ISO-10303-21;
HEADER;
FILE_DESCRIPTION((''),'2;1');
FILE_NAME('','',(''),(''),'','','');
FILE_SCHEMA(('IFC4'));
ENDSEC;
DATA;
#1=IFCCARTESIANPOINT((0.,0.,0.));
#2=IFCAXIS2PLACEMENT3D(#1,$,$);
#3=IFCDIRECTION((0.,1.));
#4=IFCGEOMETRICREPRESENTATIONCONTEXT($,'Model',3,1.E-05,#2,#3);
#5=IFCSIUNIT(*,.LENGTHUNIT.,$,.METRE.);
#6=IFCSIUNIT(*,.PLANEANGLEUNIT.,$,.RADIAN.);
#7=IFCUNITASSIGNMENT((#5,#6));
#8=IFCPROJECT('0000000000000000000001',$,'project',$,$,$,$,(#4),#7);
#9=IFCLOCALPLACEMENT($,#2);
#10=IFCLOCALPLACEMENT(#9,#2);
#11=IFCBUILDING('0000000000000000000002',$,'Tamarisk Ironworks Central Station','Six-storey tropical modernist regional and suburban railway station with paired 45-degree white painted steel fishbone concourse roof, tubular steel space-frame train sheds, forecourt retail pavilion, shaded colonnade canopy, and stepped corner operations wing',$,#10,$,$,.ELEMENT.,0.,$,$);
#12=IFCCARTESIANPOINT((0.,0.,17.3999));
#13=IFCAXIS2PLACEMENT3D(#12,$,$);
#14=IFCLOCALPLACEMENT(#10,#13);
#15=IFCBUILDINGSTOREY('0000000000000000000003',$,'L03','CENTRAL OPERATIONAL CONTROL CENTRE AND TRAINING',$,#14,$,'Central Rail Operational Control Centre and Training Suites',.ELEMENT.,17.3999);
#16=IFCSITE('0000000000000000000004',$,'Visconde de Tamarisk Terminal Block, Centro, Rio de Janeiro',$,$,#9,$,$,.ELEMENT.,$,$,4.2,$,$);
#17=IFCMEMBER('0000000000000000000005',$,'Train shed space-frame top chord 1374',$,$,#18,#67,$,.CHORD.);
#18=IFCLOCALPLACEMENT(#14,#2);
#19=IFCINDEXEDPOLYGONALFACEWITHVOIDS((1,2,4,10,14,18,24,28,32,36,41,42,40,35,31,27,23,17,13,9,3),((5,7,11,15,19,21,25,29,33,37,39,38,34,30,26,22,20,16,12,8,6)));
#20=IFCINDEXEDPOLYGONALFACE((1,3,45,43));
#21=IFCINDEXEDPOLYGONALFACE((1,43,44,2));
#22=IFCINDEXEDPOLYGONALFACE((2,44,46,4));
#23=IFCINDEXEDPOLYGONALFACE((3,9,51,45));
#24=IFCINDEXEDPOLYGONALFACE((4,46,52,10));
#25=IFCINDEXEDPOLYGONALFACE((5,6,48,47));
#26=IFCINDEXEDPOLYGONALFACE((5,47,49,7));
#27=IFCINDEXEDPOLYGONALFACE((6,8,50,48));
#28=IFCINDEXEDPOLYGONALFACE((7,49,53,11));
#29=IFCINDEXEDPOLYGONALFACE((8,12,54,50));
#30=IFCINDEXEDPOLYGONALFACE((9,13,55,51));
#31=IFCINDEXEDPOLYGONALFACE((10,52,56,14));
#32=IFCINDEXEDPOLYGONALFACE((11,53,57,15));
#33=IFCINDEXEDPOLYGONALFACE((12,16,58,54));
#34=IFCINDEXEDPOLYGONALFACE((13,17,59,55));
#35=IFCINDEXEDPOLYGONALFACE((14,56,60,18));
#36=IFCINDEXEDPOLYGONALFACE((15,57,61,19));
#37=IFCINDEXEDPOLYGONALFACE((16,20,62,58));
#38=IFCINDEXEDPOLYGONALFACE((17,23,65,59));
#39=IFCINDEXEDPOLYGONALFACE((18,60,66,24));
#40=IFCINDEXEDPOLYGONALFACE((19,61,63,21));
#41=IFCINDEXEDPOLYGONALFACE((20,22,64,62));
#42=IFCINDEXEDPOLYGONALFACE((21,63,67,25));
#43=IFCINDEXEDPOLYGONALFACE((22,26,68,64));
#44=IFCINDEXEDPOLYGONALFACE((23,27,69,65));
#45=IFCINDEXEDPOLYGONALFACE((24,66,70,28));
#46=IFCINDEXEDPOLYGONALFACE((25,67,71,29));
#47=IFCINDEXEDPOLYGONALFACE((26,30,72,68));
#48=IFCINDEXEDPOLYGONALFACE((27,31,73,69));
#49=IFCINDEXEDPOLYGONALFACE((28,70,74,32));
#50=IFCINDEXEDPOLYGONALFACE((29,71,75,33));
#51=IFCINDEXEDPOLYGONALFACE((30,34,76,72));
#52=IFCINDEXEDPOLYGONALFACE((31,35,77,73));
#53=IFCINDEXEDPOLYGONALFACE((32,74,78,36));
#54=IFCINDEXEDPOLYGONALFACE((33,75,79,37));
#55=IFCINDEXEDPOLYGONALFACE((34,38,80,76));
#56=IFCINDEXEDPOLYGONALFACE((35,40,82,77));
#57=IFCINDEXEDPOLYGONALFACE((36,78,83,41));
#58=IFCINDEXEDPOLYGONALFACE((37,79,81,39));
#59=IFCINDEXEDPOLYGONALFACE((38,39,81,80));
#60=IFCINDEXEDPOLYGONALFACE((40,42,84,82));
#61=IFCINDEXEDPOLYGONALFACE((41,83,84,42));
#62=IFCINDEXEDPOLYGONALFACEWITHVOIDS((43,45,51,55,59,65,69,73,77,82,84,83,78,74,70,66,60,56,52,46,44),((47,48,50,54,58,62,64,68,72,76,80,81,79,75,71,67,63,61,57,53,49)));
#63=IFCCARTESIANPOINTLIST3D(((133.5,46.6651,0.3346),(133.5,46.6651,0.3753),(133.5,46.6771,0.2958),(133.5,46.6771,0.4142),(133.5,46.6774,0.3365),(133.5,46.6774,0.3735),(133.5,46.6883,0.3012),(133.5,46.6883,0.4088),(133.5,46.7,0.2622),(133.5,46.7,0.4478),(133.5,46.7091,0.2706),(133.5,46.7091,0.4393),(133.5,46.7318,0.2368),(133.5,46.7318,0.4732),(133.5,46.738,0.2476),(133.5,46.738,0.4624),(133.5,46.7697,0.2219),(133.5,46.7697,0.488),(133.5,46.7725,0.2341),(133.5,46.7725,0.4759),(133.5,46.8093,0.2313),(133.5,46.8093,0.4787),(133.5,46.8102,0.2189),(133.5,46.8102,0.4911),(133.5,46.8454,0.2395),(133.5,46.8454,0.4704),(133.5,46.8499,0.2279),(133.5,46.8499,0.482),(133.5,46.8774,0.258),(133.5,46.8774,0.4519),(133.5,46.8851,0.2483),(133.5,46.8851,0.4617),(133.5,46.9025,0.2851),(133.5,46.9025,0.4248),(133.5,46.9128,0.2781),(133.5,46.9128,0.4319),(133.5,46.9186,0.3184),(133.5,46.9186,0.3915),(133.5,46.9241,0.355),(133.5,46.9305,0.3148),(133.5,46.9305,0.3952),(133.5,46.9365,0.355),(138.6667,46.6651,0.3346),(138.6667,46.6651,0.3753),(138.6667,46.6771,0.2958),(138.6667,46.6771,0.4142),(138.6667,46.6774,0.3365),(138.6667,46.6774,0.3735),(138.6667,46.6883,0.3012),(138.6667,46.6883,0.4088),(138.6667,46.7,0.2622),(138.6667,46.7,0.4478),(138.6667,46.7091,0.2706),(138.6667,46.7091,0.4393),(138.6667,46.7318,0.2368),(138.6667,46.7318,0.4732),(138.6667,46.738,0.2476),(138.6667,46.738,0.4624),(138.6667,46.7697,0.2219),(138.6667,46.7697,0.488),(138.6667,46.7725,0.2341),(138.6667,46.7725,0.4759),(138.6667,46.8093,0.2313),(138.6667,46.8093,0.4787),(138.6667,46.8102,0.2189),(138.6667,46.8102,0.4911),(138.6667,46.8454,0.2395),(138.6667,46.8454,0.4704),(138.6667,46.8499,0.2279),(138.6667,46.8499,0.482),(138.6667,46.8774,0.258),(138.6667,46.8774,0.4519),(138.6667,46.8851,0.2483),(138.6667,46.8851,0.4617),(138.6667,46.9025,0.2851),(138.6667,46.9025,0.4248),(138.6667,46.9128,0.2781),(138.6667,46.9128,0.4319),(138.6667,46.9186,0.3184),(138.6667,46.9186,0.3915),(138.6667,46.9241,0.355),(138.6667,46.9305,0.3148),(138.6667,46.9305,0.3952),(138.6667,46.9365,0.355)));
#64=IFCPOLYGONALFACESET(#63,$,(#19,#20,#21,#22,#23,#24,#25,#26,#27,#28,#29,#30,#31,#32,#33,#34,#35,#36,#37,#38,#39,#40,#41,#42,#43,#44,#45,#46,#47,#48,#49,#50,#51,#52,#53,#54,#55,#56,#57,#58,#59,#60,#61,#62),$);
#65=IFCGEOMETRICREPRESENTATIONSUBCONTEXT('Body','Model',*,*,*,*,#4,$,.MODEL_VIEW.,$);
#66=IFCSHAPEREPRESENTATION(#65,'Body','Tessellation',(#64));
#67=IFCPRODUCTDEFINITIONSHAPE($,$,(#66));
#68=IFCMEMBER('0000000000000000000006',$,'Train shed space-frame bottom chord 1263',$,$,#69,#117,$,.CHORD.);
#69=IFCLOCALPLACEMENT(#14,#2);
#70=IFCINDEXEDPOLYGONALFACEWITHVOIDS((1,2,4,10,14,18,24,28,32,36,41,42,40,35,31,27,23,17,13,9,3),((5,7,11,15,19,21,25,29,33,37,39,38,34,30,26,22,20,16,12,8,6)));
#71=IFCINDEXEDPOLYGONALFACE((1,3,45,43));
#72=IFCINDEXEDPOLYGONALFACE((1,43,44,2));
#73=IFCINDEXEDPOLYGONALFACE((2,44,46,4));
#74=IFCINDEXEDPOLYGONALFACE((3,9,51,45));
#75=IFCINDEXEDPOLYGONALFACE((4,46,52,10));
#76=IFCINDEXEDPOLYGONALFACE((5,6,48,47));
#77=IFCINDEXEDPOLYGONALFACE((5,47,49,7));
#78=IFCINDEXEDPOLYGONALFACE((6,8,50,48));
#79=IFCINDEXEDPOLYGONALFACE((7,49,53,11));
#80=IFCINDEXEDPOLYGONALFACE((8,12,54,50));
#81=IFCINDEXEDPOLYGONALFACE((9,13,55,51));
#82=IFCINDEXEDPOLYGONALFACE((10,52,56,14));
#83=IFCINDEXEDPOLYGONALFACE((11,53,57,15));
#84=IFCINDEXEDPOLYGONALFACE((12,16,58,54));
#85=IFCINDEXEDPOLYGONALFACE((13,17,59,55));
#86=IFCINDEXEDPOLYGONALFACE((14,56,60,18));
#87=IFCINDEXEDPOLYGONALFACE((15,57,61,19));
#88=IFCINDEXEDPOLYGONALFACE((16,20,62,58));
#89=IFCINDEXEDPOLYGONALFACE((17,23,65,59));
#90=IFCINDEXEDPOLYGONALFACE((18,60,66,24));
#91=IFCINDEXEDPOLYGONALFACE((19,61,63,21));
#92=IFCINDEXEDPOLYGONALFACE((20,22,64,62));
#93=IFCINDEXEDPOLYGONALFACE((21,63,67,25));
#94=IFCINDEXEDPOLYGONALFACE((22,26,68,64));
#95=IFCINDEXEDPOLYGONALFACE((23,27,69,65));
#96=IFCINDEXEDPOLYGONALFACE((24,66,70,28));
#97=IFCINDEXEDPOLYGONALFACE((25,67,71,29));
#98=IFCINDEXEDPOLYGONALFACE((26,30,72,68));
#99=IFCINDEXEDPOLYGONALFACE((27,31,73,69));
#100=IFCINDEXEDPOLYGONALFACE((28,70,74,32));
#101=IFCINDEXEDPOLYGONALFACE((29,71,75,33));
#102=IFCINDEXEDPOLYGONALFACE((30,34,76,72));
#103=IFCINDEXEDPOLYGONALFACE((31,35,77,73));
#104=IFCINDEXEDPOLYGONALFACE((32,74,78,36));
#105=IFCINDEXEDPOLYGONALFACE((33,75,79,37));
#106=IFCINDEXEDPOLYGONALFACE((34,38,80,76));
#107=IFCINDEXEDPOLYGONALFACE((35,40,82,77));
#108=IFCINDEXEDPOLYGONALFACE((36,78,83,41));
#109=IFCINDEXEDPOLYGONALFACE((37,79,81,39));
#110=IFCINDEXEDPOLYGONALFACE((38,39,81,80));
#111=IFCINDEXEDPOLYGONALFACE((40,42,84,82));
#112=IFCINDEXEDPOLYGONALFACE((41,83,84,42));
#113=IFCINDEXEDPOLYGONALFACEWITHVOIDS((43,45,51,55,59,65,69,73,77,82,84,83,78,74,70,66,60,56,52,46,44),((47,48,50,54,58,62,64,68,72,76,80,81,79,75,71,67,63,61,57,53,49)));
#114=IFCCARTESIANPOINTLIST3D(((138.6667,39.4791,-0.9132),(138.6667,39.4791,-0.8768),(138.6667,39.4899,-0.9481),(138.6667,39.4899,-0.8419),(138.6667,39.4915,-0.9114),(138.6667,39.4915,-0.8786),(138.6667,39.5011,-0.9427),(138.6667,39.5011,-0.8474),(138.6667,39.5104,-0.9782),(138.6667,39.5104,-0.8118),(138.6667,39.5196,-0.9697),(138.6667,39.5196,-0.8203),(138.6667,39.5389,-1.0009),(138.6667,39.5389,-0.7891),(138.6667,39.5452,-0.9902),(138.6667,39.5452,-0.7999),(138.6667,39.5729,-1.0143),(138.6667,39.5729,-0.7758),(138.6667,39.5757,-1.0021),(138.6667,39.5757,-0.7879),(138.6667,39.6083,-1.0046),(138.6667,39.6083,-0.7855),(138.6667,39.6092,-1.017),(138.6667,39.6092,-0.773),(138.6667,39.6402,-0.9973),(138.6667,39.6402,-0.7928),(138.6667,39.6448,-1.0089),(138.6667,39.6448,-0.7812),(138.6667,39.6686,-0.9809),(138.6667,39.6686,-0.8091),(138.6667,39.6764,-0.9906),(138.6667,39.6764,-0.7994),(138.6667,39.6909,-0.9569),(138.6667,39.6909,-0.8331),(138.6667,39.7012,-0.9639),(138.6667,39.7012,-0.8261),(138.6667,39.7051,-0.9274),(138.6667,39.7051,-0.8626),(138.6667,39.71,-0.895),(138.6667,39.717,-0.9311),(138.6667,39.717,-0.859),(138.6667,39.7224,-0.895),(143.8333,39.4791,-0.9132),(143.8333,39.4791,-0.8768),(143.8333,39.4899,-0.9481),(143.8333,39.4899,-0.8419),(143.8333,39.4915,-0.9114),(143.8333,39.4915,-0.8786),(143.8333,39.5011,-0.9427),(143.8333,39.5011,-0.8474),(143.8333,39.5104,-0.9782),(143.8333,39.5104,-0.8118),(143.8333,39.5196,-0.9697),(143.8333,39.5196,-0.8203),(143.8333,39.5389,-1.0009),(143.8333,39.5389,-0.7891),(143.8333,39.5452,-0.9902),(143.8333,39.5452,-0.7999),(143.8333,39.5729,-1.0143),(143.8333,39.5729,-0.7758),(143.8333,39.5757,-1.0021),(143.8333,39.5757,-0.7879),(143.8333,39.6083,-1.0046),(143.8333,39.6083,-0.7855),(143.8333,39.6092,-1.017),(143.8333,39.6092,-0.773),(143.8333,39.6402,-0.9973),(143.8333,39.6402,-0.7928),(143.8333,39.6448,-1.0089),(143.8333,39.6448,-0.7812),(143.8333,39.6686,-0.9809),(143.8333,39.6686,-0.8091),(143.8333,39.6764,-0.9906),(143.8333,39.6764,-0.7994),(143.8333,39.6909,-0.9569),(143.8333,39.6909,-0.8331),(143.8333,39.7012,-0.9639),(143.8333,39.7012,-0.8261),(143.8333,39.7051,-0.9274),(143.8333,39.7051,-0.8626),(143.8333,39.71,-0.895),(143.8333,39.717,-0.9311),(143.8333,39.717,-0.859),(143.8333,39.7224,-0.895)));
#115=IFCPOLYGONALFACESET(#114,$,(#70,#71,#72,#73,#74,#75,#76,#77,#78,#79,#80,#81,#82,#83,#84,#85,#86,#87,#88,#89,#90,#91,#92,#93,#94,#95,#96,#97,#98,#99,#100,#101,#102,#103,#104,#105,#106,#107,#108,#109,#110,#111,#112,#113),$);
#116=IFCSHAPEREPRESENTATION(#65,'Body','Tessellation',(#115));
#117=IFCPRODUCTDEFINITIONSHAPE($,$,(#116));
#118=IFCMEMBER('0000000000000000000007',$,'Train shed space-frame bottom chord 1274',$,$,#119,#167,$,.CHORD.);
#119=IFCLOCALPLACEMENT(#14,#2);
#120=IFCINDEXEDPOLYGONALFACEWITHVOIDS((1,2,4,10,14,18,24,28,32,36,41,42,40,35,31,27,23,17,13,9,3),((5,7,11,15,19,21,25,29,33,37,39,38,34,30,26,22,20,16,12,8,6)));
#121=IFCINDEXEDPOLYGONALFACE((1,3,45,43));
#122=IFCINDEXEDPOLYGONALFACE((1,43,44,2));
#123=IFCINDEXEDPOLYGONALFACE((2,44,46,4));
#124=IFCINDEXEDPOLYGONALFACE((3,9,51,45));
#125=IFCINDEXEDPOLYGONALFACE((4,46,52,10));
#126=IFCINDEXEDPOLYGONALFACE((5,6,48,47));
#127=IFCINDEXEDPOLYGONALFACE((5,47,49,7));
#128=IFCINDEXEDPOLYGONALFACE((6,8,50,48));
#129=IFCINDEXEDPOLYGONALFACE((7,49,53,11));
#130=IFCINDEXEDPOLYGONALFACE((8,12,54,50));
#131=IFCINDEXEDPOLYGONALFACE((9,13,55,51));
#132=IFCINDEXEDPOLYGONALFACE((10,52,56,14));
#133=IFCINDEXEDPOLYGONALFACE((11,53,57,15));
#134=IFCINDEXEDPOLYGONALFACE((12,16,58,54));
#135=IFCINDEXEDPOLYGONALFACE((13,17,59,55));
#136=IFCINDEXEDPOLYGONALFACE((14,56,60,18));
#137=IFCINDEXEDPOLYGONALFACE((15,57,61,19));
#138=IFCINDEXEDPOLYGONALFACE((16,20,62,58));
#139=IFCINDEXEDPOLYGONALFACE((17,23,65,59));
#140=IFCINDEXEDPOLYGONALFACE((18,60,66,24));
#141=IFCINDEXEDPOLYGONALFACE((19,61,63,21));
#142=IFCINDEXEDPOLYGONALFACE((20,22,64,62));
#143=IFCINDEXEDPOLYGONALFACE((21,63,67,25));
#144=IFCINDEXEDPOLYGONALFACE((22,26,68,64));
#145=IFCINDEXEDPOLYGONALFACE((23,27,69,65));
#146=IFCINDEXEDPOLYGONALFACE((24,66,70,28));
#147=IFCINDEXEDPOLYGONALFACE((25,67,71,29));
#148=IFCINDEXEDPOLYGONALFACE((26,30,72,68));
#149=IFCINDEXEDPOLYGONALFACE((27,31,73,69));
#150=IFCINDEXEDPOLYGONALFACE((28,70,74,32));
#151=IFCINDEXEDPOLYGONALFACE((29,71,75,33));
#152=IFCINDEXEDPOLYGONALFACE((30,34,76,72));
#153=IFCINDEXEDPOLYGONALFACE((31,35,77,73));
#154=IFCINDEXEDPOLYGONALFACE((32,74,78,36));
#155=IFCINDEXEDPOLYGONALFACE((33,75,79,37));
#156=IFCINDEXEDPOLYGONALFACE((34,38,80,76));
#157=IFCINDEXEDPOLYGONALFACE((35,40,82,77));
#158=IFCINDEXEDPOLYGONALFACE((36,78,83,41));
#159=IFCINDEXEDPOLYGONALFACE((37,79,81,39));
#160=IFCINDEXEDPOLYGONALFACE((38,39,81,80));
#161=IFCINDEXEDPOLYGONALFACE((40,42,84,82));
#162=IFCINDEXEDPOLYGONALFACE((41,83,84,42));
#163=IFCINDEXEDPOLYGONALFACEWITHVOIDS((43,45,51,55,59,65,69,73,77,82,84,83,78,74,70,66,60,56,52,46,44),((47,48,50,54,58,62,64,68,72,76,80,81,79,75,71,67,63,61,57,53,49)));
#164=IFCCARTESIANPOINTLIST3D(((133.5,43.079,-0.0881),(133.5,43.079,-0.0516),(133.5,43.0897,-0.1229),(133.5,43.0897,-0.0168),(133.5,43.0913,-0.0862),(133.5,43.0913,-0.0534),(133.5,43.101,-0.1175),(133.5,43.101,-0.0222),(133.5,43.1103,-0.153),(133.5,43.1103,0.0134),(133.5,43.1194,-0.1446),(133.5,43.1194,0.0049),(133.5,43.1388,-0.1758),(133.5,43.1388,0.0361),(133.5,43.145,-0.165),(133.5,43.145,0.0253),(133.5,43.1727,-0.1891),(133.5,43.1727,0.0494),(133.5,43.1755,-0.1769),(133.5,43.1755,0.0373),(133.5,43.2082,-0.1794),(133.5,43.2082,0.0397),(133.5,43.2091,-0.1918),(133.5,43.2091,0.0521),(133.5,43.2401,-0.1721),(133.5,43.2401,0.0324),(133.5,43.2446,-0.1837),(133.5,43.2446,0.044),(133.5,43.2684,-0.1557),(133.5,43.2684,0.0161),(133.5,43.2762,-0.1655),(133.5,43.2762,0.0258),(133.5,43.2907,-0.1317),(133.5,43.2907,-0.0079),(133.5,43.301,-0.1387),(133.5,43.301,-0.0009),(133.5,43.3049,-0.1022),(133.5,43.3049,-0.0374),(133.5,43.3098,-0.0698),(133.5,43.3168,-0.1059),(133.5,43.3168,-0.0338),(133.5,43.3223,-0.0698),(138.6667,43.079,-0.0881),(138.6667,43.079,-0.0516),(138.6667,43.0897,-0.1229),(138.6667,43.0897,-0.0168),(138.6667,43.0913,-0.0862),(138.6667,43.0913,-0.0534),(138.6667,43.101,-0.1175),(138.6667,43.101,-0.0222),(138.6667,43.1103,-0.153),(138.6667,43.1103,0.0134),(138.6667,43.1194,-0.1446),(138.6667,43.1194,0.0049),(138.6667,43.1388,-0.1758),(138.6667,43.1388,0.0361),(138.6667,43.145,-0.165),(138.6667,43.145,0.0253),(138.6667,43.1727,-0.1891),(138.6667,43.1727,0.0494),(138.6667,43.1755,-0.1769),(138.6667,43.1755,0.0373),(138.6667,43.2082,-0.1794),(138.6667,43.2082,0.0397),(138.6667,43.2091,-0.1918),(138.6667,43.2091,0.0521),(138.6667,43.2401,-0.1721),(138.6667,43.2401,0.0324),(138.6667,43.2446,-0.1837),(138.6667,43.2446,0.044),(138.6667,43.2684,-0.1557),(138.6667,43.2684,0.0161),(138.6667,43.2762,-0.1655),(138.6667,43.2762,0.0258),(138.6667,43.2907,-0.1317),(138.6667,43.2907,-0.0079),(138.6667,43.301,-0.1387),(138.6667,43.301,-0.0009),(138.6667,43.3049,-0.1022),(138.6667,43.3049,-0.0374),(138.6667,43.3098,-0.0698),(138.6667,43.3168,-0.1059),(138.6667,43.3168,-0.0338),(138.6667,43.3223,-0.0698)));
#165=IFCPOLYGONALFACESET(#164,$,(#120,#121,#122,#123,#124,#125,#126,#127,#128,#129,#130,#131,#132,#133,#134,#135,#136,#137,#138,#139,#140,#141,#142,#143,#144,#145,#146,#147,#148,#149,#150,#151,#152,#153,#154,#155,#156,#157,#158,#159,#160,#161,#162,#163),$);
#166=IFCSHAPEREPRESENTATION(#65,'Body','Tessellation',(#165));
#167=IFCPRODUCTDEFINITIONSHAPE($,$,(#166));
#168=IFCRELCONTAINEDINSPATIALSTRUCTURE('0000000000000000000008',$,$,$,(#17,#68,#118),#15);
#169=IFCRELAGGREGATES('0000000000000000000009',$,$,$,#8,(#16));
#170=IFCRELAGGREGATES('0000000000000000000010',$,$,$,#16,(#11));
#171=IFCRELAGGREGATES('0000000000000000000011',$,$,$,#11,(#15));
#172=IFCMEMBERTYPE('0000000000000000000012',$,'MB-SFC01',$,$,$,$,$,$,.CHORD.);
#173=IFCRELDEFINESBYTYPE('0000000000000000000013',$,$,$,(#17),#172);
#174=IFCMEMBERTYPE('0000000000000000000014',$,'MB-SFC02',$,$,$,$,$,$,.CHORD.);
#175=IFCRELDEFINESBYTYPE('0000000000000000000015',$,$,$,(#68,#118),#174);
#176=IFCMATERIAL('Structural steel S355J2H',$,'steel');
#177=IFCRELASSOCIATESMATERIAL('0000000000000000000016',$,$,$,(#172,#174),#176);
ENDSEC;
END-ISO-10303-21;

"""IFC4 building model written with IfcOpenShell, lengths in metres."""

from ifc_helpers import new_model, si_unit, direction, frame, origin, origin_2d, place, context, subcontext, project, spatial, hollow_circle, extrude, material, material_profile, profile_set, type_object, element, save


model = new_model("IFC4")

# Units and contexts
model_context = context("Model", 3, precision=1e-05, world=origin(), true_north=direction((0.0, 1.0)))
body_context = subcontext(model_context, "Body", "Model", "MODEL_VIEW")
ifc_project = project(units=[si_unit("LENGTHUNIT", "METRE"), si_unit("PLANEANGLEUNIT", "RADIAN")], contexts=[model_context])

# Site, building, storey
site_placement = place(None, origin())
site = spatial("IfcSite", under=ifc_project, at=site_placement, Name="Visconde de Tamarisk Terminal Block, Centro, Rio de Janeiro", CompositionType="ELEMENT", RefElevation=4.2)
building_placement = place(site_placement, origin())
building = spatial("IfcBuilding", under=site, at=building_placement, Name="Tamarisk Ironworks Central Station", Description="Six-storey tropical modernist regional and suburban railway station with paired 45-degree white painted steel fishbone concourse roof, tubular steel space-frame train sheds, forecourt retail pavilion, shaded colonnade canopy, and stepped corner operations wing", CompositionType="ELEMENT", ElevationOfRefHeight=0.0)
storey_placement = place(building_placement, frame((0.0, 0.0, 17.3999)))
storey = spatial("IfcBuildingStorey", under=building, at=storey_placement, Name="L03", Description="CENTRAL OPERATIONAL CONTROL CENTRE AND TRAINING", LongName="Central Rail Operational Control Centre and Training Suites", CompositionType="ELEMENT", Elevation=17.3999)

# Members
ifc_material = material(Name="Structural steel S355J2H", Category="steel")
ifc_material_profile_1 = material_profile(ifc_material, hollow_circle(Radius=0.1365, WallThickness=0.0125, at=origin_2d()), Name="CHS 273x12.5")
ifc_profile_set_1 = profile_set([ifc_material_profile_1], Name="Structural steel S355J2H")
member_type_1 = type_object("IfcMemberType", Name="MB-SFC01", PredefinedType="CHORD", material=ifc_profile_set_1)
for number, where, z_axis, x_axis, name in (
    (1, (133.5, 46.8, 0.355), (1.0, 0.0, 0.0), (0.0, 1.0, 0.0), "Train shed space-frame top chord 1374"),
):
    element("IfcMember", number, at=place(storey_placement, frame(where, z_axis=z_axis, x_axis=x_axis)), inside=storey, type_object=member_type_1, Name=name, PredefinedType="CHORD", context=body_context, shape_type="SweptSolid", body=[
        extrude(hollow_circle(Radius=0.1365, WallThickness=0.0125, at=origin_2d()), origin(), (0.0, 0.0, 1.0), 5.1667),
    ])
ifc_material_profile_2 = material_profile(ifc_material, hollow_circle(Radius=0.1223, WallThickness=0.0125, at=origin_2d()), Name="CHS 244.5x12.5")
ifc_profile_set_2 = profile_set([ifc_material_profile_2], Name="Structural steel S355J2H")
member_type_2 = type_object("IfcMemberType", Name="MB-SFC02", PredefinedType="CHORD", material=ifc_profile_set_2)
member_1_placement = place(storey_placement, frame((138.6667, 39.6001, -0.895), z_axis=(1.0, 0.0, 0.0), x_axis=(0.0, 1.0, 0.0)))
element("IfcMember", 2, at=member_1_placement, inside=storey, type_object=member_type_2, Name="Train shed space-frame bottom chord 1263", PredefinedType="CHORD", context=body_context, shape_type="SweptSolid", body=[
    extrude(hollow_circle(Radius=0.1223, WallThickness=0.0125, at=origin_2d()), origin(), (0.0, 0.0, 1.0), 5.1665),
])
member_2_placement = place(storey_placement, frame((133.5, 43.2, -0.0698), z_axis=(1.0, 0.0, 0.0), x_axis=(0.0, 1.0, 0.0)))
element("IfcMember", 3, at=member_2_placement, inside=storey, type_object=member_type_2, Name="Train shed space-frame bottom chord 1274", PredefinedType="CHORD", context=body_context, shape_type="SweptSolid", body=[
    extrude(hollow_circle(Radius=0.1223, WallThickness=0.0125, at=origin_2d()), origin(), (0.0, 0.0, 1.0), 5.1667),
])

save(model, "model.ifc")
